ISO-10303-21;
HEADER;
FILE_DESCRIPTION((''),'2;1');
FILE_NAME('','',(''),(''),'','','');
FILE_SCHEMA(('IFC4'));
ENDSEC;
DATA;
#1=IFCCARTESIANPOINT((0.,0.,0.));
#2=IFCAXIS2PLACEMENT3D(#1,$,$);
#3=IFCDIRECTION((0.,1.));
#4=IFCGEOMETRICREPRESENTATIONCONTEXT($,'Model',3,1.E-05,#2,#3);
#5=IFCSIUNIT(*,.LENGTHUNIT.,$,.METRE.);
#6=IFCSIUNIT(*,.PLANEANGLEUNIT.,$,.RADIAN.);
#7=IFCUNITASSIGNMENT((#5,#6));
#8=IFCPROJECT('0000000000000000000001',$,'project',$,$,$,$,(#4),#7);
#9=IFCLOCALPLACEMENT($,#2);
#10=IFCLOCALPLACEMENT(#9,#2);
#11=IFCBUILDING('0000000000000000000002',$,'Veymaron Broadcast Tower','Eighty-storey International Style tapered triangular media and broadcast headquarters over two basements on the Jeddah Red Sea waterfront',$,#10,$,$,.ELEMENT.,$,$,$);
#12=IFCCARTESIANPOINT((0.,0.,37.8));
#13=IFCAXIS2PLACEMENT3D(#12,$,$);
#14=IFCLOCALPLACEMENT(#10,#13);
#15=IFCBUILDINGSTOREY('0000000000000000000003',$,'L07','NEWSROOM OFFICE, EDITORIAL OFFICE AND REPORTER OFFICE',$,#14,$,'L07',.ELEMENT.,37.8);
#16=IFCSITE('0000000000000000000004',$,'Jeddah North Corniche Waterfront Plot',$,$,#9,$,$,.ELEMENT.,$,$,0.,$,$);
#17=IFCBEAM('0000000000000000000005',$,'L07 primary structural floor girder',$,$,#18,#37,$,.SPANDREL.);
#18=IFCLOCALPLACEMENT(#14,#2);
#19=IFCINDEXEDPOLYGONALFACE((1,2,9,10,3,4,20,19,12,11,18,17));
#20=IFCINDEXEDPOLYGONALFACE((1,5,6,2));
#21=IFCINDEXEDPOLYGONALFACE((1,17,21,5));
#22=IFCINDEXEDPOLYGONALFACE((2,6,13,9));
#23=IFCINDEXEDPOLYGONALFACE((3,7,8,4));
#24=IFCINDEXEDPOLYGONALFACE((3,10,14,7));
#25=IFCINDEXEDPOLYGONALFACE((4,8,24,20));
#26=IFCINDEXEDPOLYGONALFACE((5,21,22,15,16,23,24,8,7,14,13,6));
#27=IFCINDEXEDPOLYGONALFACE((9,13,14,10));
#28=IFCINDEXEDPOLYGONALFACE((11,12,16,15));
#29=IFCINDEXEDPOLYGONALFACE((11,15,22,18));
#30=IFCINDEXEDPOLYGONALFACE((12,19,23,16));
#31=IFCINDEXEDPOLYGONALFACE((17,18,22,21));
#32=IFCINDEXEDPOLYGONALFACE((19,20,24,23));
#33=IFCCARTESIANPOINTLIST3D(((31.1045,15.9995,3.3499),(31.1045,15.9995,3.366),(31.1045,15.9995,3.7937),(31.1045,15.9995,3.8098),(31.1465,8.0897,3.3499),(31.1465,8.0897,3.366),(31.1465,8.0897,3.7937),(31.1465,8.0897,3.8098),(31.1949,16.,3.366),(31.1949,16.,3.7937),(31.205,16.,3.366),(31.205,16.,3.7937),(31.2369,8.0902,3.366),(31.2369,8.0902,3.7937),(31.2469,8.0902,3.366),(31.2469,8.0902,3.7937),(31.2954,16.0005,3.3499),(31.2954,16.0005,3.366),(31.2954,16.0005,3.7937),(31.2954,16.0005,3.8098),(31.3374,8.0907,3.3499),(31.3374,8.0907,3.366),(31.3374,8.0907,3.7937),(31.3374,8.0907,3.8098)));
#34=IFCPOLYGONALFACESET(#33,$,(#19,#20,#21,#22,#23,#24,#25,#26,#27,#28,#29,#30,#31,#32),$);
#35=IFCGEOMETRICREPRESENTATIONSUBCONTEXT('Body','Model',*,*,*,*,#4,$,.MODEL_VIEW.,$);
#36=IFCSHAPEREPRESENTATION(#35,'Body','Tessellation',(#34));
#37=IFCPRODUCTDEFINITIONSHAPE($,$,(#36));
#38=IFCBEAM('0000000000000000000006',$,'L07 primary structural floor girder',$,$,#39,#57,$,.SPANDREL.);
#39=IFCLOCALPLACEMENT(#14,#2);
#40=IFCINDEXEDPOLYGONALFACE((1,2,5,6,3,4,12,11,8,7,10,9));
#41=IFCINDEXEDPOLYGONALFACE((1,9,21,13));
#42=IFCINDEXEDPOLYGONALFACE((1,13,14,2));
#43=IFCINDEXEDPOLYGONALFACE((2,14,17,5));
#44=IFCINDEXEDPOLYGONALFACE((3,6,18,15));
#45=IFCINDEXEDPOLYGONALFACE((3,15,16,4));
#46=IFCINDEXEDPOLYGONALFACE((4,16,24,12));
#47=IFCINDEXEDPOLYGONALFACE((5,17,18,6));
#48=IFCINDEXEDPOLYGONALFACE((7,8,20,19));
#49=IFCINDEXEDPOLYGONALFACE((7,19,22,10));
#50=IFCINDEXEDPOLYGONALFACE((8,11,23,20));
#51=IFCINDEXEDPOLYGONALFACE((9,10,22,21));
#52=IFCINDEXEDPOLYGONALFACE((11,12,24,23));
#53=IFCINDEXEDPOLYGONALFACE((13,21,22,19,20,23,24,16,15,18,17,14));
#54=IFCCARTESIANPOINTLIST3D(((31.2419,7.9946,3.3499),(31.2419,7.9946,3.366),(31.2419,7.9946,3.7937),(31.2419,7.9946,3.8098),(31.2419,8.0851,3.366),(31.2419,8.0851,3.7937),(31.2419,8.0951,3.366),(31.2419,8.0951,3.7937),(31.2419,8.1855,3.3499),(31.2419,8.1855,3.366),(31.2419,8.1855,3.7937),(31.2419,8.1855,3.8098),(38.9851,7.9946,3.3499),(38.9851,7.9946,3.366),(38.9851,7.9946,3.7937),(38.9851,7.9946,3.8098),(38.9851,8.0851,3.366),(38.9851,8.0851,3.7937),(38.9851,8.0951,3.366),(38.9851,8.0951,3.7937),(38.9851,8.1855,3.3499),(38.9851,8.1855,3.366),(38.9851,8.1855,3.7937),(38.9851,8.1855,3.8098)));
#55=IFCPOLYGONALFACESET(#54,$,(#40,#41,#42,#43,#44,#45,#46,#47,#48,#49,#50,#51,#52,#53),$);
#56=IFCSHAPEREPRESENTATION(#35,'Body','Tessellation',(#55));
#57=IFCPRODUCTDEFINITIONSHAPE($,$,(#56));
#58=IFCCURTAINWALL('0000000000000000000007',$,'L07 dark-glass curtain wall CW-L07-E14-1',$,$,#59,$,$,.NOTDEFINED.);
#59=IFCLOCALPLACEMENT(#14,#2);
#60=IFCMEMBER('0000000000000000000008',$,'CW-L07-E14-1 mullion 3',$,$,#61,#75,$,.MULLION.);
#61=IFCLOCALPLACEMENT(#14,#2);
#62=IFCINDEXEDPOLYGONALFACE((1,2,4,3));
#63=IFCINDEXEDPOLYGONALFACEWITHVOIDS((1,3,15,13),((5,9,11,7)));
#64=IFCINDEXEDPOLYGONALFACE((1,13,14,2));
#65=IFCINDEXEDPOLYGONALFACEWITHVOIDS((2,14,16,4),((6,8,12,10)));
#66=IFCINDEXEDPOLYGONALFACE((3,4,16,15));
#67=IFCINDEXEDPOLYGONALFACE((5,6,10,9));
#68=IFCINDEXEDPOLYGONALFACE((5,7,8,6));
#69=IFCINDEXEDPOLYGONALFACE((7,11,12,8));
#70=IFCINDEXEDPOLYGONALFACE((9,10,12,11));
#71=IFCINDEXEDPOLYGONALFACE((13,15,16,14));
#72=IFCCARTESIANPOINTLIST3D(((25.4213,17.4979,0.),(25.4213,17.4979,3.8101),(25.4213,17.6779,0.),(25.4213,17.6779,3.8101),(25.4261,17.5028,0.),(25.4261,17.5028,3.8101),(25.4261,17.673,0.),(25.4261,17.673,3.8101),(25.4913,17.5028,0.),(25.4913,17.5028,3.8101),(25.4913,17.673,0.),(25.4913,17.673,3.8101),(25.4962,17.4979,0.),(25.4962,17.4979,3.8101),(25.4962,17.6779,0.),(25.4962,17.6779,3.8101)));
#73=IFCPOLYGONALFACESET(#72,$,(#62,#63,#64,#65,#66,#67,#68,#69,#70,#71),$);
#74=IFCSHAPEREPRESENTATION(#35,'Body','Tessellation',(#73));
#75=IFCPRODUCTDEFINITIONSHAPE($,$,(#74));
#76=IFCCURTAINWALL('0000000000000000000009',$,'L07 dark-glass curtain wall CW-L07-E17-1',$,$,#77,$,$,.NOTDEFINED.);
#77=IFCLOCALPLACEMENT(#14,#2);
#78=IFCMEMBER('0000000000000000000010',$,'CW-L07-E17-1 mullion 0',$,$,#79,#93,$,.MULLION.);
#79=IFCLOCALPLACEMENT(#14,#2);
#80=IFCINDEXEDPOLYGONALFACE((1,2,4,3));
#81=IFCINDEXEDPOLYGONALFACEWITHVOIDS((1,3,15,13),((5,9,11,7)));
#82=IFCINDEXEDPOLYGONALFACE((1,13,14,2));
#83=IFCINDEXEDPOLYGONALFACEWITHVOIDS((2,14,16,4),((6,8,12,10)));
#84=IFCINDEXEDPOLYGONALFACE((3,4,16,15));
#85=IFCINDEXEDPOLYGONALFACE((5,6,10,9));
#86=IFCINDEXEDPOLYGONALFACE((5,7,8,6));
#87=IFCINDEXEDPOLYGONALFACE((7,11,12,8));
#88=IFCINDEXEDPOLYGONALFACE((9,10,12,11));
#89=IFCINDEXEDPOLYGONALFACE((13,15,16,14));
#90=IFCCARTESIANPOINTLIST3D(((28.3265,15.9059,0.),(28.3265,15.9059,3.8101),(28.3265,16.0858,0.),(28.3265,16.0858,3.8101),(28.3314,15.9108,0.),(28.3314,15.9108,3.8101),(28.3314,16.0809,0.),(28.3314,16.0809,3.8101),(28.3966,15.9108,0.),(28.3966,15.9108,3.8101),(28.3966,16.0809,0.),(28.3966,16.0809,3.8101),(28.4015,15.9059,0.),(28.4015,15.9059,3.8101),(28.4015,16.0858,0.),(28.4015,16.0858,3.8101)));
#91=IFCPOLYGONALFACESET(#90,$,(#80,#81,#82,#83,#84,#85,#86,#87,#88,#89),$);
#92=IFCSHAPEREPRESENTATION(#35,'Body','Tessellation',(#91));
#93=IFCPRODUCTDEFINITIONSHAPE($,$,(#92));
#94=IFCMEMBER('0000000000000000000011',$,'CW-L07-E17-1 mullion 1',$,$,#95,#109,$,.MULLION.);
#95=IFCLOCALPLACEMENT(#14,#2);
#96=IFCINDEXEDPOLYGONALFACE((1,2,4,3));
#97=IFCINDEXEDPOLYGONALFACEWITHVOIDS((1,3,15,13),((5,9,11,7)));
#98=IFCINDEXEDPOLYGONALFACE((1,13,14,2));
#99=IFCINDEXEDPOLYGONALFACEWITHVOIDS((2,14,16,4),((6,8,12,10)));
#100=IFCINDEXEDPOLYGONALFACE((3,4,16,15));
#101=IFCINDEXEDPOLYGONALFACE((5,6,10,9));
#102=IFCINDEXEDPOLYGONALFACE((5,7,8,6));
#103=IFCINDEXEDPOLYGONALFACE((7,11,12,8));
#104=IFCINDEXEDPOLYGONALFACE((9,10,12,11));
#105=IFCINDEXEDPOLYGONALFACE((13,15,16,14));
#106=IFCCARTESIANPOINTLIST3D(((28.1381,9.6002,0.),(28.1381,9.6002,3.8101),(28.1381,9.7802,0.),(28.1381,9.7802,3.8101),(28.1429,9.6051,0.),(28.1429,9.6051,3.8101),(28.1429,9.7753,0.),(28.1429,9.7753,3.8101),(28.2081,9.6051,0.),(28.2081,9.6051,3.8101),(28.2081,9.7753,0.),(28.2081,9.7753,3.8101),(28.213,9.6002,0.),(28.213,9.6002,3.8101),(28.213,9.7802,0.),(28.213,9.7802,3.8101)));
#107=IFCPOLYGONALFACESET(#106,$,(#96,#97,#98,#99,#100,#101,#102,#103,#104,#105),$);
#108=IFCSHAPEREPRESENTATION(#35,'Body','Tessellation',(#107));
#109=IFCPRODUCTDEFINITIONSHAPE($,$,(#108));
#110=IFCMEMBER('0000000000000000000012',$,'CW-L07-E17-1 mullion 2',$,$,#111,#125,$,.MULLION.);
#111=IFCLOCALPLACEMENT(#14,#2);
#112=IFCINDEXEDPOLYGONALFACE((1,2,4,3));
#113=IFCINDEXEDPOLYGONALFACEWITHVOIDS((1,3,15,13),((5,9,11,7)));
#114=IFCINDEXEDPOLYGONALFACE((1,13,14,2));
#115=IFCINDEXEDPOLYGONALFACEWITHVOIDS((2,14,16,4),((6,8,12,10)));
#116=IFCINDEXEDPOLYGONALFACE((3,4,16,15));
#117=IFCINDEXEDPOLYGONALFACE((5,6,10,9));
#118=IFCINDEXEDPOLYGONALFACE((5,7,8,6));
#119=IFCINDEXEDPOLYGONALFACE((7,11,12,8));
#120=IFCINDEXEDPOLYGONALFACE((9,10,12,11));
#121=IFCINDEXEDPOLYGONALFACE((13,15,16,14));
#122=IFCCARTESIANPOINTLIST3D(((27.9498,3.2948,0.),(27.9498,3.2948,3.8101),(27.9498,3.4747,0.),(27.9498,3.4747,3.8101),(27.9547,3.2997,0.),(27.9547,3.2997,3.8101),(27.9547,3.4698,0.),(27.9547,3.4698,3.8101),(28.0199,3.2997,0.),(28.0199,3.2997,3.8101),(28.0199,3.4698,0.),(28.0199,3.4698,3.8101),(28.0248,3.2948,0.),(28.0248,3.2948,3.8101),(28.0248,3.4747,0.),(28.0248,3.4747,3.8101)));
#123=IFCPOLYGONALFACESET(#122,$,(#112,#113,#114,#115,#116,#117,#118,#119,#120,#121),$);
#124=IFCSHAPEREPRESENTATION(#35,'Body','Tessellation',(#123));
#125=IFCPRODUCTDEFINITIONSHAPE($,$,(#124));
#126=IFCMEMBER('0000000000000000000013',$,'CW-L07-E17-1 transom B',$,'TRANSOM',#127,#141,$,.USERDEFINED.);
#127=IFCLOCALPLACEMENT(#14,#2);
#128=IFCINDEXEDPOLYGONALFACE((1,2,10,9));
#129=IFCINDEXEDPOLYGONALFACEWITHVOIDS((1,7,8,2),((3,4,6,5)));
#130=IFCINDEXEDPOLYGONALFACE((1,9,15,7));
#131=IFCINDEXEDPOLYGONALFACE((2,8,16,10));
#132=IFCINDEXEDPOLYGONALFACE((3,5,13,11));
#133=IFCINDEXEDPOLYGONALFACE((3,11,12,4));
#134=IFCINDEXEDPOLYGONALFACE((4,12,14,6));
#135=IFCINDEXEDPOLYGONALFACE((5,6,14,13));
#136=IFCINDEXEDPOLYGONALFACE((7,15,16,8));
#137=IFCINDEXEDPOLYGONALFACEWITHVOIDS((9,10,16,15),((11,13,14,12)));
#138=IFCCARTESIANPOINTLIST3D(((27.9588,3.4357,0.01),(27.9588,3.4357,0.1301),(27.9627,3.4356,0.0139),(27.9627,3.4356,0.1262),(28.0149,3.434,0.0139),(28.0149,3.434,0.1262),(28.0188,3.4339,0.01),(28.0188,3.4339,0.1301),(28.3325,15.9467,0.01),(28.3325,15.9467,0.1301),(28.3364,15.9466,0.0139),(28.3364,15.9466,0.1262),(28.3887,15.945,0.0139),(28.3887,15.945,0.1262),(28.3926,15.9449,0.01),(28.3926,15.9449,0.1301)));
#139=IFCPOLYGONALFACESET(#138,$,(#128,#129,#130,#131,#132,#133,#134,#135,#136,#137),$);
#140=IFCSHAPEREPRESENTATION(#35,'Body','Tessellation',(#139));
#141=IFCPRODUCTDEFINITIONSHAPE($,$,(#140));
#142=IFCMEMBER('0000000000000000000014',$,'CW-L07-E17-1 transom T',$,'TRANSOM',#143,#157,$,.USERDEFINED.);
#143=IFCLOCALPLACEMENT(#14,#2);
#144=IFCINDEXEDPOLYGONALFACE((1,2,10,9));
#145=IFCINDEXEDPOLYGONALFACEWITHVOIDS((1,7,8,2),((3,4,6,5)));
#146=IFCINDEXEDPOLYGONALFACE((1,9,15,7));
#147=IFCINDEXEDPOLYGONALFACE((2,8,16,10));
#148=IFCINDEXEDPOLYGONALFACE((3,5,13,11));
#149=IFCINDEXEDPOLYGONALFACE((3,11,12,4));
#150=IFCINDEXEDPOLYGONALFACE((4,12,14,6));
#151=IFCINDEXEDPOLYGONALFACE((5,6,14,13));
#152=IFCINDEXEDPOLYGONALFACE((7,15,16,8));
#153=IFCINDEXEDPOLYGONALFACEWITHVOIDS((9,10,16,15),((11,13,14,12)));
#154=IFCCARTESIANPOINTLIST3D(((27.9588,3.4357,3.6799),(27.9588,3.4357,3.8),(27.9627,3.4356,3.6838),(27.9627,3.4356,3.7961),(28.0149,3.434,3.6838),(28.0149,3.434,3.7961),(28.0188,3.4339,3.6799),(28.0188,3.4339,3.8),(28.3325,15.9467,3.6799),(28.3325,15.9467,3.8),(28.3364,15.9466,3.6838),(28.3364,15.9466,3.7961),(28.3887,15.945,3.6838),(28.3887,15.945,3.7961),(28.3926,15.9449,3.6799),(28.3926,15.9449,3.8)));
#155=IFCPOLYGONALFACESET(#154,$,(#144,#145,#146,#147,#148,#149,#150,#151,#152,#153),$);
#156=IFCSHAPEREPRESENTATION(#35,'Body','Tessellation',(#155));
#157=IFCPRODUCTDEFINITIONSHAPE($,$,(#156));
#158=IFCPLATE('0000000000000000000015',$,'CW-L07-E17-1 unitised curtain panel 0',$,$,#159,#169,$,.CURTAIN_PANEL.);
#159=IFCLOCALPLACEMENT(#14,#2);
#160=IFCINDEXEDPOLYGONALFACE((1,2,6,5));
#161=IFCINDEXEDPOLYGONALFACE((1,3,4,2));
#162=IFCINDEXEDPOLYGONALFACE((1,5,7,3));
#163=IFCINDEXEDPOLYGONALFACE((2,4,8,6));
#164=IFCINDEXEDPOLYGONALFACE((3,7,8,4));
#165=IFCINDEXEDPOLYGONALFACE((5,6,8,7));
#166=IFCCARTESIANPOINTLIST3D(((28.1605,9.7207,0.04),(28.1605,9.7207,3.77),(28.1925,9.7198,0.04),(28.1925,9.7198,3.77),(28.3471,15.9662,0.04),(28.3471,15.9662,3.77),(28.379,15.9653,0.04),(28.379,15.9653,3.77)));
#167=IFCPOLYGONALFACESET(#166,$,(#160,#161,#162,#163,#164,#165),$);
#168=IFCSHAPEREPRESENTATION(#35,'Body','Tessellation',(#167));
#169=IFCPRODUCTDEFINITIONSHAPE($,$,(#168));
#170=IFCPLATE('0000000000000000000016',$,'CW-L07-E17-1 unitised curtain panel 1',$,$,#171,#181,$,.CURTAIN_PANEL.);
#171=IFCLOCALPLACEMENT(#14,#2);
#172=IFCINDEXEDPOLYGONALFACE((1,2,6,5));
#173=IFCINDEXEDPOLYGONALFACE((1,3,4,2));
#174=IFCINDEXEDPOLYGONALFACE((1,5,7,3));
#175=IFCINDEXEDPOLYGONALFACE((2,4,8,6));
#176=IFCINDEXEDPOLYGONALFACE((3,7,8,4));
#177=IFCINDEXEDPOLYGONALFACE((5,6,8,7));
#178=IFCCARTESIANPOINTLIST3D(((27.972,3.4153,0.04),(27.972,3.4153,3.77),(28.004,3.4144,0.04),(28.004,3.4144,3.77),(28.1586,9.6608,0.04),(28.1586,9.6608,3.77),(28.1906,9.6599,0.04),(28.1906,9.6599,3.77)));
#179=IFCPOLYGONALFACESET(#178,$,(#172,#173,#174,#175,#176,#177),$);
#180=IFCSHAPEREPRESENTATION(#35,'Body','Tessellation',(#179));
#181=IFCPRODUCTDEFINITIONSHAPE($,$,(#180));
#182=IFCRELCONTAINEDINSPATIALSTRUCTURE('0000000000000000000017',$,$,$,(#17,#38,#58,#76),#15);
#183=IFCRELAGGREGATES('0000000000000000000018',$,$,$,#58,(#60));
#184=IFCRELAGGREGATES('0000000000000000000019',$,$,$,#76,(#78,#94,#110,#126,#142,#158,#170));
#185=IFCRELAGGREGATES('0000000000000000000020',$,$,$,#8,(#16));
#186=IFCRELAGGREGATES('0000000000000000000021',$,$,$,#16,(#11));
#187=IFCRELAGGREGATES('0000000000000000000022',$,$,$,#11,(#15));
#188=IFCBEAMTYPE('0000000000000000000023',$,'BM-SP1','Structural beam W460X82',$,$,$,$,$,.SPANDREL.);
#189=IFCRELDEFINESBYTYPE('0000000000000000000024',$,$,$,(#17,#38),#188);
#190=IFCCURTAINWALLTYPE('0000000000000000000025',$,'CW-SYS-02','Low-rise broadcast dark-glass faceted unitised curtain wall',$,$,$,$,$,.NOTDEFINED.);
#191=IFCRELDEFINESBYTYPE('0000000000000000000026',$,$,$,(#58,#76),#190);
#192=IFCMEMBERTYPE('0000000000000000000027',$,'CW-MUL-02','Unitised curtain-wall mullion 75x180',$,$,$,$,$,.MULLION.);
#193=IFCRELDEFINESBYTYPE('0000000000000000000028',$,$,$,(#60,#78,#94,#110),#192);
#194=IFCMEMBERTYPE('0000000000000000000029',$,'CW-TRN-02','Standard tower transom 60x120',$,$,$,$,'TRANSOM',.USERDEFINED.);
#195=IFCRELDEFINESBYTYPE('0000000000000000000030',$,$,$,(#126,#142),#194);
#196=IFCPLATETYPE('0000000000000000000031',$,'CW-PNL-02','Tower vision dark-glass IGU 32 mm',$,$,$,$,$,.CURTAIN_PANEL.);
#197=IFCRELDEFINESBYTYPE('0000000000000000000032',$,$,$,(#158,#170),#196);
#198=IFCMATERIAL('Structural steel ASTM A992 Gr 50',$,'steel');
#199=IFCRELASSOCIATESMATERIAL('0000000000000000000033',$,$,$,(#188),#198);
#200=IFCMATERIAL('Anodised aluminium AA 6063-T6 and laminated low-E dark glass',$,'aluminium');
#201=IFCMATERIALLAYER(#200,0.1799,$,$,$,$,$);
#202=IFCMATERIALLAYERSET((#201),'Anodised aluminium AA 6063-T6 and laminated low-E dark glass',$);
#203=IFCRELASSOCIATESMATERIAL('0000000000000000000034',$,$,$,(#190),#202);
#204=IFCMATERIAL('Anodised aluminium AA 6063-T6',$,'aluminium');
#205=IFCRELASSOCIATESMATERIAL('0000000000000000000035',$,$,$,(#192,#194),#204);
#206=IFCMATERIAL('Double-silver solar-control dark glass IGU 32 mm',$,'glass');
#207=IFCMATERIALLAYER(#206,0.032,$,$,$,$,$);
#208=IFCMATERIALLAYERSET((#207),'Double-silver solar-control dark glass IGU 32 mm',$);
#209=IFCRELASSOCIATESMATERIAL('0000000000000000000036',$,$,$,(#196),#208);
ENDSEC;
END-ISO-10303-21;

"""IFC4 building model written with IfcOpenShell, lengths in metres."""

from ifc_helpers import new_model, si_unit, direction, frame, origin, origin_2d, place, context, subcontext, project, spatial, rectangle, hollow_rectangle, i_section, extrude, material, layer, layer_set, material_profile, profile_set, type_object, element, aggregate, save


model = new_model("IFC4")

# Units and contexts
model_context = context("Model", 3, precision=1e-05, world=origin(), true_north=direction((0.0, 1.0)))
body_context = subcontext(model_context, "Body", "Model", "MODEL_VIEW")
ifc_project = project(units=[si_unit("LENGTHUNIT", "METRE"), si_unit("PLANEANGLEUNIT", "RADIAN")], contexts=[model_context])

# Site, building, storey
site_placement = place(None, origin())
site = spatial("IfcSite", under=ifc_project, at=site_placement, Name="Jeddah North Corniche Waterfront Plot", CompositionType="ELEMENT", RefElevation=0.0)
building_placement = place(site_placement, origin())
building = spatial("IfcBuilding", under=site, at=building_placement, Name="Veymaron Broadcast Tower", Description="Eighty-storey International Style tapered triangular media and broadcast headquarters over two basements on the Jeddah Red Sea waterfront", CompositionType="ELEMENT")
storey_placement = place(building_placement, frame((0.0, 0.0, 37.8)))
storey = spatial("IfcBuildingStorey", under=building, at=storey_placement, Name="L07", Description="NEWSROOM OFFICE, EDITORIAL OFFICE AND REPORTER OFFICE", LongName="L07", CompositionType="ELEMENT", Elevation=37.8)

# Beams
ifc_material_1 = material(Name="Structural steel ASTM A992 Gr 50", Category="steel")
ifc_material_profile_1 = material_profile(ifc_material_1, i_section(OverallWidth=0.1909, OverallDepth=0.46, WebThickness=0.01, FlangeThickness=0.0161, at=origin_2d()), Name="W460X82")
ifc_profile_set_1 = profile_set([ifc_material_profile_1], Name="Structural steel ASTM A992 Gr 50")
beam_type_1 = type_object("IfcBeamType", Name="BM-SP1", Description="Structural beam W460X82", PredefinedType="SPANDREL", material=ifc_profile_set_1)
beam_1_placement = place(storey_placement, frame((31.2, 16.0, 3.5798), z_axis=(0.005309, -0.999986, 0.0), x_axis=(0.999986, 0.005309, 0.0)))
element("IfcBeam", 1, at=beam_1_placement, inside=storey, type_object=beam_type_1, Name="L07 primary structural floor girder", PredefinedType="SPANDREL", context=body_context, shape_type="SweptSolid", body=[
    extrude(i_section(OverallWidth=0.1909, OverallDepth=0.46, WebThickness=0.01, FlangeThickness=0.0161, at=origin_2d()), origin(), (0.0, 0.0, 1.0), 7.9099),
])
beam_2_placement = place(storey_placement, frame((31.2419, 8.0901, 3.5798), z_axis=(1.0, 0.0, 0.0), x_axis=(0.0, 1.0, 0.0)))
element("IfcBeam", 2, at=beam_2_placement, inside=storey, type_object=beam_type_1, Name="L07 primary structural floor girder", PredefinedType="SPANDREL", context=body_context, shape_type="SweptSolid", body=[
    extrude(i_section(OverallWidth=0.1909, OverallDepth=0.46, WebThickness=0.01, FlangeThickness=0.0161, at=origin_2d()), origin(), (0.0, 0.0, 1.0), 7.7432),
])

# Curtain wall, member
ifc_material_2 = material(Name="Anodised aluminium AA 6063-T6 and laminated low-E dark glass", Category="aluminium")
ifc_layer_1 = layer(ifc_material_2, 0.1799)
ifc_layer_set_1 = layer_set([ifc_layer_1], Name="Anodised aluminium AA 6063-T6 and laminated low-E dark glass")
curtain_wall_type = type_object("IfcCurtainWallType", Name="CW-SYS-02", Description="Low-rise broadcast dark-glass faceted unitised curtain wall", PredefinedType="NOTDEFINED", material=ifc_layer_set_1)
curtain_wall_1_placement = place(storey_placement, origin())
curtain_wall_1 = element("IfcCurtainWall", 3, at=curtain_wall_1_placement, inside=storey, type_object=curtain_wall_type, Name="L07 dark-glass curtain wall CW-L07-E14-1", PredefinedType="NOTDEFINED")
ifc_material_3 = material(Name="Anodised aluminium AA 6063-T6", Category="aluminium")
ifc_material_profile_2 = material_profile(ifc_material_3, hollow_rectangle(XDim=0.075, YDim=0.1799, WallThickness=0.0049, at=origin_2d()), Name="AL180X75X5")
ifc_profile_set_2 = profile_set([ifc_material_profile_2], Name="Anodised aluminium AA 6063-T6")
member_type_1 = type_object("IfcMemberType", Name="CW-MUL-02", Description="Unitised curtain-wall mullion 75x180", PredefinedType="MULLION", material=ifc_profile_set_2)
member_1_placement = place(storey_placement, frame((25.4587, 17.5879, 0.0), z_axis=(0.0, 0.0, 1.0), x_axis=(1.0, 0.0, 0.0)))
member_1 = element("IfcMember", 4, at=member_1_placement, type_object=member_type_1, Name="CW-L07-E14-1 mullion 3", PredefinedType="MULLION", context=body_context, shape_type="SweptSolid", body=[
    extrude(hollow_rectangle(XDim=0.075, YDim=0.1799, WallThickness=0.0049, at=origin_2d()), origin(), (0.0, 0.0, 1.0), 3.8101),
])
aggregate(curtain_wall_1, [member_1])

# Curtain wall, members, plates
curtain_wall_2_placement = place(storey_placement, origin())
curtain_wall_2 = element("IfcCurtainWall", 5, at=curtain_wall_2_placement, inside=storey, type_object=curtain_wall_type, Name="L07 dark-glass curtain wall CW-L07-E17-1", PredefinedType="NOTDEFINED")
member_2_placement = place(storey_placement, frame((28.364, 15.9958, 0.0), z_axis=(0.0, 0.0, 1.0), x_axis=(1.0, 0.0, 0.0)))
member_2 = element("IfcMember", 6, at=member_2_placement, type_object=member_type_1, Name="CW-L07-E17-1 mullion 0", PredefinedType="MULLION", context=body_context, shape_type="SweptSolid", body=[
    extrude(hollow_rectangle(XDim=0.075, YDim=0.1799, WallThickness=0.0049, at=origin_2d()), origin(), (0.0, 0.0, 1.0), 3.8101),
])
member_3_placement = place(storey_placement, frame((28.1755, 9.6902, 0.0), z_axis=(0.0, 0.0, 1.0), x_axis=(1.0, 0.0, 0.0)))
member_3 = element("IfcMember", 7, at=member_3_placement, type_object=member_type_1, Name="CW-L07-E17-1 mullion 1", PredefinedType="MULLION", context=body_context, shape_type="SweptSolid", body=[
    extrude(hollow_rectangle(XDim=0.075, YDim=0.1799, WallThickness=0.0049, at=origin_2d()), origin(), (0.0, 0.0, 1.0), 3.8101),
])
member_4_placement = place(storey_placement, frame((27.9873, 3.3848, 0.0), z_axis=(0.0, 0.0, 1.0), x_axis=(1.0, 0.0, 0.0)))
member_4 = element("IfcMember", 8, at=member_4_placement, type_object=member_type_1, Name="CW-L07-E17-1 mullion 2", PredefinedType="MULLION", context=body_context, shape_type="SweptSolid", body=[
    extrude(hollow_rectangle(XDim=0.075, YDim=0.1799, WallThickness=0.0049, at=origin_2d()), origin(), (0.0, 0.0, 1.0), 3.8101),
])
ifc_material_profile_3 = material_profile(ifc_material_3, hollow_rectangle(XDim=0.0601, YDim=0.1201, WallThickness=0.0039, at=origin_2d()), Name="AL120X60X4")
ifc_profile_set_3 = profile_set([ifc_material_profile_3], Name="Anodised aluminium AA 6063-T6")
member_type_2 = type_object("IfcMemberType", Name="CW-TRN-02", Description="Standard tower transom 60x120", ElementType="TRANSOM", PredefinedType="USERDEFINED", material=ifc_profile_set_3)
member_5_placement = place(storey_placement, frame((28.3625, 15.9458, 0.0701), z_axis=(-0.029863, -0.999554, 0.0), x_axis=(0.999554, -0.029863, 0.0)))
member_5 = element("IfcMember", 9, at=member_5_placement, type_object=member_type_2, Name="CW-L07-E17-1 transom B", ObjectType="TRANSOM", PredefinedType="USERDEFINED", context=body_context, shape_type="SweptSolid", body=[
    extrude(hollow_rectangle(XDim=0.0601, YDim=0.1201, WallThickness=0.0039, at=origin_2d()), origin(), (0.0, 0.0, 1.0), 12.5166),
])
member_6_placement = place(storey_placement, frame((28.3625, 15.9458, 3.74), z_axis=(-0.029863, -0.999554, 0.0), x_axis=(0.999554, -0.029863, 0.0)))
member_6 = element("IfcMember", 10, at=member_6_placement, type_object=member_type_2, Name="CW-L07-E17-1 transom T", ObjectType="TRANSOM", PredefinedType="USERDEFINED", context=body_context, shape_type="SweptSolid", body=[
    extrude(hollow_rectangle(XDim=0.0601, YDim=0.1201, WallThickness=0.0039, at=origin_2d()), origin(), (0.0, 0.0, 1.0), 12.5166),
])
ifc_material_4 = material(Name="Double-silver solar-control dark glass IGU 32 mm", Category="glass")
ifc_layer_2 = layer(ifc_material_4, 0.032)
ifc_layer_set_2 = layer_set([ifc_layer_2], Name="Double-silver solar-control dark glass IGU 32 mm")
plate_type = type_object("IfcPlateType", Name="CW-PNL-02", Description="Tower vision dark-glass IGU 32 mm", PredefinedType="CURTAIN_PANEL", material=ifc_layer_set_2)
plate_1_placement = place(storey_placement, frame((28.2698, 12.843, 0.04), z_axis=(0.0, 0.0, 1.0), x_axis=(-0.029858, -0.999554, 0.0)))
plate_1 = element("IfcPlate", 11, at=plate_1_placement, type_object=plate_type, Name="CW-L07-E17-1 unitised curtain panel 0", PredefinedType="CURTAIN_PANEL", context=body_context, shape_type="SweptSolid", body=[
    extrude(rectangle(XDim=6.2483, YDim=0.032, at=origin_2d()), origin(), (0.0, 0.0, 1.0), 3.73),
])
plate_2_placement = place(storey_placement, frame((28.0813, 6.5376, 0.04), z_axis=(0.0, 0.0, 1.0), x_axis=(-0.029858, -0.999554, 0.0)))
plate_2 = element("IfcPlate", 12, at=plate_2_placement, type_object=plate_type, Name="CW-L07-E17-1 unitised curtain panel 1", PredefinedType="CURTAIN_PANEL", context=body_context, shape_type="SweptSolid", body=[
    extrude(rectangle(XDim=6.2483, YDim=0.032, at=origin_2d()), origin(), (0.0, 0.0, 1.0), 3.73),
])
aggregate(curtain_wall_2, [member_2, member_3, member_4, member_5, member_6, plate_1, plate_2])

save(model, "model.ifc")
